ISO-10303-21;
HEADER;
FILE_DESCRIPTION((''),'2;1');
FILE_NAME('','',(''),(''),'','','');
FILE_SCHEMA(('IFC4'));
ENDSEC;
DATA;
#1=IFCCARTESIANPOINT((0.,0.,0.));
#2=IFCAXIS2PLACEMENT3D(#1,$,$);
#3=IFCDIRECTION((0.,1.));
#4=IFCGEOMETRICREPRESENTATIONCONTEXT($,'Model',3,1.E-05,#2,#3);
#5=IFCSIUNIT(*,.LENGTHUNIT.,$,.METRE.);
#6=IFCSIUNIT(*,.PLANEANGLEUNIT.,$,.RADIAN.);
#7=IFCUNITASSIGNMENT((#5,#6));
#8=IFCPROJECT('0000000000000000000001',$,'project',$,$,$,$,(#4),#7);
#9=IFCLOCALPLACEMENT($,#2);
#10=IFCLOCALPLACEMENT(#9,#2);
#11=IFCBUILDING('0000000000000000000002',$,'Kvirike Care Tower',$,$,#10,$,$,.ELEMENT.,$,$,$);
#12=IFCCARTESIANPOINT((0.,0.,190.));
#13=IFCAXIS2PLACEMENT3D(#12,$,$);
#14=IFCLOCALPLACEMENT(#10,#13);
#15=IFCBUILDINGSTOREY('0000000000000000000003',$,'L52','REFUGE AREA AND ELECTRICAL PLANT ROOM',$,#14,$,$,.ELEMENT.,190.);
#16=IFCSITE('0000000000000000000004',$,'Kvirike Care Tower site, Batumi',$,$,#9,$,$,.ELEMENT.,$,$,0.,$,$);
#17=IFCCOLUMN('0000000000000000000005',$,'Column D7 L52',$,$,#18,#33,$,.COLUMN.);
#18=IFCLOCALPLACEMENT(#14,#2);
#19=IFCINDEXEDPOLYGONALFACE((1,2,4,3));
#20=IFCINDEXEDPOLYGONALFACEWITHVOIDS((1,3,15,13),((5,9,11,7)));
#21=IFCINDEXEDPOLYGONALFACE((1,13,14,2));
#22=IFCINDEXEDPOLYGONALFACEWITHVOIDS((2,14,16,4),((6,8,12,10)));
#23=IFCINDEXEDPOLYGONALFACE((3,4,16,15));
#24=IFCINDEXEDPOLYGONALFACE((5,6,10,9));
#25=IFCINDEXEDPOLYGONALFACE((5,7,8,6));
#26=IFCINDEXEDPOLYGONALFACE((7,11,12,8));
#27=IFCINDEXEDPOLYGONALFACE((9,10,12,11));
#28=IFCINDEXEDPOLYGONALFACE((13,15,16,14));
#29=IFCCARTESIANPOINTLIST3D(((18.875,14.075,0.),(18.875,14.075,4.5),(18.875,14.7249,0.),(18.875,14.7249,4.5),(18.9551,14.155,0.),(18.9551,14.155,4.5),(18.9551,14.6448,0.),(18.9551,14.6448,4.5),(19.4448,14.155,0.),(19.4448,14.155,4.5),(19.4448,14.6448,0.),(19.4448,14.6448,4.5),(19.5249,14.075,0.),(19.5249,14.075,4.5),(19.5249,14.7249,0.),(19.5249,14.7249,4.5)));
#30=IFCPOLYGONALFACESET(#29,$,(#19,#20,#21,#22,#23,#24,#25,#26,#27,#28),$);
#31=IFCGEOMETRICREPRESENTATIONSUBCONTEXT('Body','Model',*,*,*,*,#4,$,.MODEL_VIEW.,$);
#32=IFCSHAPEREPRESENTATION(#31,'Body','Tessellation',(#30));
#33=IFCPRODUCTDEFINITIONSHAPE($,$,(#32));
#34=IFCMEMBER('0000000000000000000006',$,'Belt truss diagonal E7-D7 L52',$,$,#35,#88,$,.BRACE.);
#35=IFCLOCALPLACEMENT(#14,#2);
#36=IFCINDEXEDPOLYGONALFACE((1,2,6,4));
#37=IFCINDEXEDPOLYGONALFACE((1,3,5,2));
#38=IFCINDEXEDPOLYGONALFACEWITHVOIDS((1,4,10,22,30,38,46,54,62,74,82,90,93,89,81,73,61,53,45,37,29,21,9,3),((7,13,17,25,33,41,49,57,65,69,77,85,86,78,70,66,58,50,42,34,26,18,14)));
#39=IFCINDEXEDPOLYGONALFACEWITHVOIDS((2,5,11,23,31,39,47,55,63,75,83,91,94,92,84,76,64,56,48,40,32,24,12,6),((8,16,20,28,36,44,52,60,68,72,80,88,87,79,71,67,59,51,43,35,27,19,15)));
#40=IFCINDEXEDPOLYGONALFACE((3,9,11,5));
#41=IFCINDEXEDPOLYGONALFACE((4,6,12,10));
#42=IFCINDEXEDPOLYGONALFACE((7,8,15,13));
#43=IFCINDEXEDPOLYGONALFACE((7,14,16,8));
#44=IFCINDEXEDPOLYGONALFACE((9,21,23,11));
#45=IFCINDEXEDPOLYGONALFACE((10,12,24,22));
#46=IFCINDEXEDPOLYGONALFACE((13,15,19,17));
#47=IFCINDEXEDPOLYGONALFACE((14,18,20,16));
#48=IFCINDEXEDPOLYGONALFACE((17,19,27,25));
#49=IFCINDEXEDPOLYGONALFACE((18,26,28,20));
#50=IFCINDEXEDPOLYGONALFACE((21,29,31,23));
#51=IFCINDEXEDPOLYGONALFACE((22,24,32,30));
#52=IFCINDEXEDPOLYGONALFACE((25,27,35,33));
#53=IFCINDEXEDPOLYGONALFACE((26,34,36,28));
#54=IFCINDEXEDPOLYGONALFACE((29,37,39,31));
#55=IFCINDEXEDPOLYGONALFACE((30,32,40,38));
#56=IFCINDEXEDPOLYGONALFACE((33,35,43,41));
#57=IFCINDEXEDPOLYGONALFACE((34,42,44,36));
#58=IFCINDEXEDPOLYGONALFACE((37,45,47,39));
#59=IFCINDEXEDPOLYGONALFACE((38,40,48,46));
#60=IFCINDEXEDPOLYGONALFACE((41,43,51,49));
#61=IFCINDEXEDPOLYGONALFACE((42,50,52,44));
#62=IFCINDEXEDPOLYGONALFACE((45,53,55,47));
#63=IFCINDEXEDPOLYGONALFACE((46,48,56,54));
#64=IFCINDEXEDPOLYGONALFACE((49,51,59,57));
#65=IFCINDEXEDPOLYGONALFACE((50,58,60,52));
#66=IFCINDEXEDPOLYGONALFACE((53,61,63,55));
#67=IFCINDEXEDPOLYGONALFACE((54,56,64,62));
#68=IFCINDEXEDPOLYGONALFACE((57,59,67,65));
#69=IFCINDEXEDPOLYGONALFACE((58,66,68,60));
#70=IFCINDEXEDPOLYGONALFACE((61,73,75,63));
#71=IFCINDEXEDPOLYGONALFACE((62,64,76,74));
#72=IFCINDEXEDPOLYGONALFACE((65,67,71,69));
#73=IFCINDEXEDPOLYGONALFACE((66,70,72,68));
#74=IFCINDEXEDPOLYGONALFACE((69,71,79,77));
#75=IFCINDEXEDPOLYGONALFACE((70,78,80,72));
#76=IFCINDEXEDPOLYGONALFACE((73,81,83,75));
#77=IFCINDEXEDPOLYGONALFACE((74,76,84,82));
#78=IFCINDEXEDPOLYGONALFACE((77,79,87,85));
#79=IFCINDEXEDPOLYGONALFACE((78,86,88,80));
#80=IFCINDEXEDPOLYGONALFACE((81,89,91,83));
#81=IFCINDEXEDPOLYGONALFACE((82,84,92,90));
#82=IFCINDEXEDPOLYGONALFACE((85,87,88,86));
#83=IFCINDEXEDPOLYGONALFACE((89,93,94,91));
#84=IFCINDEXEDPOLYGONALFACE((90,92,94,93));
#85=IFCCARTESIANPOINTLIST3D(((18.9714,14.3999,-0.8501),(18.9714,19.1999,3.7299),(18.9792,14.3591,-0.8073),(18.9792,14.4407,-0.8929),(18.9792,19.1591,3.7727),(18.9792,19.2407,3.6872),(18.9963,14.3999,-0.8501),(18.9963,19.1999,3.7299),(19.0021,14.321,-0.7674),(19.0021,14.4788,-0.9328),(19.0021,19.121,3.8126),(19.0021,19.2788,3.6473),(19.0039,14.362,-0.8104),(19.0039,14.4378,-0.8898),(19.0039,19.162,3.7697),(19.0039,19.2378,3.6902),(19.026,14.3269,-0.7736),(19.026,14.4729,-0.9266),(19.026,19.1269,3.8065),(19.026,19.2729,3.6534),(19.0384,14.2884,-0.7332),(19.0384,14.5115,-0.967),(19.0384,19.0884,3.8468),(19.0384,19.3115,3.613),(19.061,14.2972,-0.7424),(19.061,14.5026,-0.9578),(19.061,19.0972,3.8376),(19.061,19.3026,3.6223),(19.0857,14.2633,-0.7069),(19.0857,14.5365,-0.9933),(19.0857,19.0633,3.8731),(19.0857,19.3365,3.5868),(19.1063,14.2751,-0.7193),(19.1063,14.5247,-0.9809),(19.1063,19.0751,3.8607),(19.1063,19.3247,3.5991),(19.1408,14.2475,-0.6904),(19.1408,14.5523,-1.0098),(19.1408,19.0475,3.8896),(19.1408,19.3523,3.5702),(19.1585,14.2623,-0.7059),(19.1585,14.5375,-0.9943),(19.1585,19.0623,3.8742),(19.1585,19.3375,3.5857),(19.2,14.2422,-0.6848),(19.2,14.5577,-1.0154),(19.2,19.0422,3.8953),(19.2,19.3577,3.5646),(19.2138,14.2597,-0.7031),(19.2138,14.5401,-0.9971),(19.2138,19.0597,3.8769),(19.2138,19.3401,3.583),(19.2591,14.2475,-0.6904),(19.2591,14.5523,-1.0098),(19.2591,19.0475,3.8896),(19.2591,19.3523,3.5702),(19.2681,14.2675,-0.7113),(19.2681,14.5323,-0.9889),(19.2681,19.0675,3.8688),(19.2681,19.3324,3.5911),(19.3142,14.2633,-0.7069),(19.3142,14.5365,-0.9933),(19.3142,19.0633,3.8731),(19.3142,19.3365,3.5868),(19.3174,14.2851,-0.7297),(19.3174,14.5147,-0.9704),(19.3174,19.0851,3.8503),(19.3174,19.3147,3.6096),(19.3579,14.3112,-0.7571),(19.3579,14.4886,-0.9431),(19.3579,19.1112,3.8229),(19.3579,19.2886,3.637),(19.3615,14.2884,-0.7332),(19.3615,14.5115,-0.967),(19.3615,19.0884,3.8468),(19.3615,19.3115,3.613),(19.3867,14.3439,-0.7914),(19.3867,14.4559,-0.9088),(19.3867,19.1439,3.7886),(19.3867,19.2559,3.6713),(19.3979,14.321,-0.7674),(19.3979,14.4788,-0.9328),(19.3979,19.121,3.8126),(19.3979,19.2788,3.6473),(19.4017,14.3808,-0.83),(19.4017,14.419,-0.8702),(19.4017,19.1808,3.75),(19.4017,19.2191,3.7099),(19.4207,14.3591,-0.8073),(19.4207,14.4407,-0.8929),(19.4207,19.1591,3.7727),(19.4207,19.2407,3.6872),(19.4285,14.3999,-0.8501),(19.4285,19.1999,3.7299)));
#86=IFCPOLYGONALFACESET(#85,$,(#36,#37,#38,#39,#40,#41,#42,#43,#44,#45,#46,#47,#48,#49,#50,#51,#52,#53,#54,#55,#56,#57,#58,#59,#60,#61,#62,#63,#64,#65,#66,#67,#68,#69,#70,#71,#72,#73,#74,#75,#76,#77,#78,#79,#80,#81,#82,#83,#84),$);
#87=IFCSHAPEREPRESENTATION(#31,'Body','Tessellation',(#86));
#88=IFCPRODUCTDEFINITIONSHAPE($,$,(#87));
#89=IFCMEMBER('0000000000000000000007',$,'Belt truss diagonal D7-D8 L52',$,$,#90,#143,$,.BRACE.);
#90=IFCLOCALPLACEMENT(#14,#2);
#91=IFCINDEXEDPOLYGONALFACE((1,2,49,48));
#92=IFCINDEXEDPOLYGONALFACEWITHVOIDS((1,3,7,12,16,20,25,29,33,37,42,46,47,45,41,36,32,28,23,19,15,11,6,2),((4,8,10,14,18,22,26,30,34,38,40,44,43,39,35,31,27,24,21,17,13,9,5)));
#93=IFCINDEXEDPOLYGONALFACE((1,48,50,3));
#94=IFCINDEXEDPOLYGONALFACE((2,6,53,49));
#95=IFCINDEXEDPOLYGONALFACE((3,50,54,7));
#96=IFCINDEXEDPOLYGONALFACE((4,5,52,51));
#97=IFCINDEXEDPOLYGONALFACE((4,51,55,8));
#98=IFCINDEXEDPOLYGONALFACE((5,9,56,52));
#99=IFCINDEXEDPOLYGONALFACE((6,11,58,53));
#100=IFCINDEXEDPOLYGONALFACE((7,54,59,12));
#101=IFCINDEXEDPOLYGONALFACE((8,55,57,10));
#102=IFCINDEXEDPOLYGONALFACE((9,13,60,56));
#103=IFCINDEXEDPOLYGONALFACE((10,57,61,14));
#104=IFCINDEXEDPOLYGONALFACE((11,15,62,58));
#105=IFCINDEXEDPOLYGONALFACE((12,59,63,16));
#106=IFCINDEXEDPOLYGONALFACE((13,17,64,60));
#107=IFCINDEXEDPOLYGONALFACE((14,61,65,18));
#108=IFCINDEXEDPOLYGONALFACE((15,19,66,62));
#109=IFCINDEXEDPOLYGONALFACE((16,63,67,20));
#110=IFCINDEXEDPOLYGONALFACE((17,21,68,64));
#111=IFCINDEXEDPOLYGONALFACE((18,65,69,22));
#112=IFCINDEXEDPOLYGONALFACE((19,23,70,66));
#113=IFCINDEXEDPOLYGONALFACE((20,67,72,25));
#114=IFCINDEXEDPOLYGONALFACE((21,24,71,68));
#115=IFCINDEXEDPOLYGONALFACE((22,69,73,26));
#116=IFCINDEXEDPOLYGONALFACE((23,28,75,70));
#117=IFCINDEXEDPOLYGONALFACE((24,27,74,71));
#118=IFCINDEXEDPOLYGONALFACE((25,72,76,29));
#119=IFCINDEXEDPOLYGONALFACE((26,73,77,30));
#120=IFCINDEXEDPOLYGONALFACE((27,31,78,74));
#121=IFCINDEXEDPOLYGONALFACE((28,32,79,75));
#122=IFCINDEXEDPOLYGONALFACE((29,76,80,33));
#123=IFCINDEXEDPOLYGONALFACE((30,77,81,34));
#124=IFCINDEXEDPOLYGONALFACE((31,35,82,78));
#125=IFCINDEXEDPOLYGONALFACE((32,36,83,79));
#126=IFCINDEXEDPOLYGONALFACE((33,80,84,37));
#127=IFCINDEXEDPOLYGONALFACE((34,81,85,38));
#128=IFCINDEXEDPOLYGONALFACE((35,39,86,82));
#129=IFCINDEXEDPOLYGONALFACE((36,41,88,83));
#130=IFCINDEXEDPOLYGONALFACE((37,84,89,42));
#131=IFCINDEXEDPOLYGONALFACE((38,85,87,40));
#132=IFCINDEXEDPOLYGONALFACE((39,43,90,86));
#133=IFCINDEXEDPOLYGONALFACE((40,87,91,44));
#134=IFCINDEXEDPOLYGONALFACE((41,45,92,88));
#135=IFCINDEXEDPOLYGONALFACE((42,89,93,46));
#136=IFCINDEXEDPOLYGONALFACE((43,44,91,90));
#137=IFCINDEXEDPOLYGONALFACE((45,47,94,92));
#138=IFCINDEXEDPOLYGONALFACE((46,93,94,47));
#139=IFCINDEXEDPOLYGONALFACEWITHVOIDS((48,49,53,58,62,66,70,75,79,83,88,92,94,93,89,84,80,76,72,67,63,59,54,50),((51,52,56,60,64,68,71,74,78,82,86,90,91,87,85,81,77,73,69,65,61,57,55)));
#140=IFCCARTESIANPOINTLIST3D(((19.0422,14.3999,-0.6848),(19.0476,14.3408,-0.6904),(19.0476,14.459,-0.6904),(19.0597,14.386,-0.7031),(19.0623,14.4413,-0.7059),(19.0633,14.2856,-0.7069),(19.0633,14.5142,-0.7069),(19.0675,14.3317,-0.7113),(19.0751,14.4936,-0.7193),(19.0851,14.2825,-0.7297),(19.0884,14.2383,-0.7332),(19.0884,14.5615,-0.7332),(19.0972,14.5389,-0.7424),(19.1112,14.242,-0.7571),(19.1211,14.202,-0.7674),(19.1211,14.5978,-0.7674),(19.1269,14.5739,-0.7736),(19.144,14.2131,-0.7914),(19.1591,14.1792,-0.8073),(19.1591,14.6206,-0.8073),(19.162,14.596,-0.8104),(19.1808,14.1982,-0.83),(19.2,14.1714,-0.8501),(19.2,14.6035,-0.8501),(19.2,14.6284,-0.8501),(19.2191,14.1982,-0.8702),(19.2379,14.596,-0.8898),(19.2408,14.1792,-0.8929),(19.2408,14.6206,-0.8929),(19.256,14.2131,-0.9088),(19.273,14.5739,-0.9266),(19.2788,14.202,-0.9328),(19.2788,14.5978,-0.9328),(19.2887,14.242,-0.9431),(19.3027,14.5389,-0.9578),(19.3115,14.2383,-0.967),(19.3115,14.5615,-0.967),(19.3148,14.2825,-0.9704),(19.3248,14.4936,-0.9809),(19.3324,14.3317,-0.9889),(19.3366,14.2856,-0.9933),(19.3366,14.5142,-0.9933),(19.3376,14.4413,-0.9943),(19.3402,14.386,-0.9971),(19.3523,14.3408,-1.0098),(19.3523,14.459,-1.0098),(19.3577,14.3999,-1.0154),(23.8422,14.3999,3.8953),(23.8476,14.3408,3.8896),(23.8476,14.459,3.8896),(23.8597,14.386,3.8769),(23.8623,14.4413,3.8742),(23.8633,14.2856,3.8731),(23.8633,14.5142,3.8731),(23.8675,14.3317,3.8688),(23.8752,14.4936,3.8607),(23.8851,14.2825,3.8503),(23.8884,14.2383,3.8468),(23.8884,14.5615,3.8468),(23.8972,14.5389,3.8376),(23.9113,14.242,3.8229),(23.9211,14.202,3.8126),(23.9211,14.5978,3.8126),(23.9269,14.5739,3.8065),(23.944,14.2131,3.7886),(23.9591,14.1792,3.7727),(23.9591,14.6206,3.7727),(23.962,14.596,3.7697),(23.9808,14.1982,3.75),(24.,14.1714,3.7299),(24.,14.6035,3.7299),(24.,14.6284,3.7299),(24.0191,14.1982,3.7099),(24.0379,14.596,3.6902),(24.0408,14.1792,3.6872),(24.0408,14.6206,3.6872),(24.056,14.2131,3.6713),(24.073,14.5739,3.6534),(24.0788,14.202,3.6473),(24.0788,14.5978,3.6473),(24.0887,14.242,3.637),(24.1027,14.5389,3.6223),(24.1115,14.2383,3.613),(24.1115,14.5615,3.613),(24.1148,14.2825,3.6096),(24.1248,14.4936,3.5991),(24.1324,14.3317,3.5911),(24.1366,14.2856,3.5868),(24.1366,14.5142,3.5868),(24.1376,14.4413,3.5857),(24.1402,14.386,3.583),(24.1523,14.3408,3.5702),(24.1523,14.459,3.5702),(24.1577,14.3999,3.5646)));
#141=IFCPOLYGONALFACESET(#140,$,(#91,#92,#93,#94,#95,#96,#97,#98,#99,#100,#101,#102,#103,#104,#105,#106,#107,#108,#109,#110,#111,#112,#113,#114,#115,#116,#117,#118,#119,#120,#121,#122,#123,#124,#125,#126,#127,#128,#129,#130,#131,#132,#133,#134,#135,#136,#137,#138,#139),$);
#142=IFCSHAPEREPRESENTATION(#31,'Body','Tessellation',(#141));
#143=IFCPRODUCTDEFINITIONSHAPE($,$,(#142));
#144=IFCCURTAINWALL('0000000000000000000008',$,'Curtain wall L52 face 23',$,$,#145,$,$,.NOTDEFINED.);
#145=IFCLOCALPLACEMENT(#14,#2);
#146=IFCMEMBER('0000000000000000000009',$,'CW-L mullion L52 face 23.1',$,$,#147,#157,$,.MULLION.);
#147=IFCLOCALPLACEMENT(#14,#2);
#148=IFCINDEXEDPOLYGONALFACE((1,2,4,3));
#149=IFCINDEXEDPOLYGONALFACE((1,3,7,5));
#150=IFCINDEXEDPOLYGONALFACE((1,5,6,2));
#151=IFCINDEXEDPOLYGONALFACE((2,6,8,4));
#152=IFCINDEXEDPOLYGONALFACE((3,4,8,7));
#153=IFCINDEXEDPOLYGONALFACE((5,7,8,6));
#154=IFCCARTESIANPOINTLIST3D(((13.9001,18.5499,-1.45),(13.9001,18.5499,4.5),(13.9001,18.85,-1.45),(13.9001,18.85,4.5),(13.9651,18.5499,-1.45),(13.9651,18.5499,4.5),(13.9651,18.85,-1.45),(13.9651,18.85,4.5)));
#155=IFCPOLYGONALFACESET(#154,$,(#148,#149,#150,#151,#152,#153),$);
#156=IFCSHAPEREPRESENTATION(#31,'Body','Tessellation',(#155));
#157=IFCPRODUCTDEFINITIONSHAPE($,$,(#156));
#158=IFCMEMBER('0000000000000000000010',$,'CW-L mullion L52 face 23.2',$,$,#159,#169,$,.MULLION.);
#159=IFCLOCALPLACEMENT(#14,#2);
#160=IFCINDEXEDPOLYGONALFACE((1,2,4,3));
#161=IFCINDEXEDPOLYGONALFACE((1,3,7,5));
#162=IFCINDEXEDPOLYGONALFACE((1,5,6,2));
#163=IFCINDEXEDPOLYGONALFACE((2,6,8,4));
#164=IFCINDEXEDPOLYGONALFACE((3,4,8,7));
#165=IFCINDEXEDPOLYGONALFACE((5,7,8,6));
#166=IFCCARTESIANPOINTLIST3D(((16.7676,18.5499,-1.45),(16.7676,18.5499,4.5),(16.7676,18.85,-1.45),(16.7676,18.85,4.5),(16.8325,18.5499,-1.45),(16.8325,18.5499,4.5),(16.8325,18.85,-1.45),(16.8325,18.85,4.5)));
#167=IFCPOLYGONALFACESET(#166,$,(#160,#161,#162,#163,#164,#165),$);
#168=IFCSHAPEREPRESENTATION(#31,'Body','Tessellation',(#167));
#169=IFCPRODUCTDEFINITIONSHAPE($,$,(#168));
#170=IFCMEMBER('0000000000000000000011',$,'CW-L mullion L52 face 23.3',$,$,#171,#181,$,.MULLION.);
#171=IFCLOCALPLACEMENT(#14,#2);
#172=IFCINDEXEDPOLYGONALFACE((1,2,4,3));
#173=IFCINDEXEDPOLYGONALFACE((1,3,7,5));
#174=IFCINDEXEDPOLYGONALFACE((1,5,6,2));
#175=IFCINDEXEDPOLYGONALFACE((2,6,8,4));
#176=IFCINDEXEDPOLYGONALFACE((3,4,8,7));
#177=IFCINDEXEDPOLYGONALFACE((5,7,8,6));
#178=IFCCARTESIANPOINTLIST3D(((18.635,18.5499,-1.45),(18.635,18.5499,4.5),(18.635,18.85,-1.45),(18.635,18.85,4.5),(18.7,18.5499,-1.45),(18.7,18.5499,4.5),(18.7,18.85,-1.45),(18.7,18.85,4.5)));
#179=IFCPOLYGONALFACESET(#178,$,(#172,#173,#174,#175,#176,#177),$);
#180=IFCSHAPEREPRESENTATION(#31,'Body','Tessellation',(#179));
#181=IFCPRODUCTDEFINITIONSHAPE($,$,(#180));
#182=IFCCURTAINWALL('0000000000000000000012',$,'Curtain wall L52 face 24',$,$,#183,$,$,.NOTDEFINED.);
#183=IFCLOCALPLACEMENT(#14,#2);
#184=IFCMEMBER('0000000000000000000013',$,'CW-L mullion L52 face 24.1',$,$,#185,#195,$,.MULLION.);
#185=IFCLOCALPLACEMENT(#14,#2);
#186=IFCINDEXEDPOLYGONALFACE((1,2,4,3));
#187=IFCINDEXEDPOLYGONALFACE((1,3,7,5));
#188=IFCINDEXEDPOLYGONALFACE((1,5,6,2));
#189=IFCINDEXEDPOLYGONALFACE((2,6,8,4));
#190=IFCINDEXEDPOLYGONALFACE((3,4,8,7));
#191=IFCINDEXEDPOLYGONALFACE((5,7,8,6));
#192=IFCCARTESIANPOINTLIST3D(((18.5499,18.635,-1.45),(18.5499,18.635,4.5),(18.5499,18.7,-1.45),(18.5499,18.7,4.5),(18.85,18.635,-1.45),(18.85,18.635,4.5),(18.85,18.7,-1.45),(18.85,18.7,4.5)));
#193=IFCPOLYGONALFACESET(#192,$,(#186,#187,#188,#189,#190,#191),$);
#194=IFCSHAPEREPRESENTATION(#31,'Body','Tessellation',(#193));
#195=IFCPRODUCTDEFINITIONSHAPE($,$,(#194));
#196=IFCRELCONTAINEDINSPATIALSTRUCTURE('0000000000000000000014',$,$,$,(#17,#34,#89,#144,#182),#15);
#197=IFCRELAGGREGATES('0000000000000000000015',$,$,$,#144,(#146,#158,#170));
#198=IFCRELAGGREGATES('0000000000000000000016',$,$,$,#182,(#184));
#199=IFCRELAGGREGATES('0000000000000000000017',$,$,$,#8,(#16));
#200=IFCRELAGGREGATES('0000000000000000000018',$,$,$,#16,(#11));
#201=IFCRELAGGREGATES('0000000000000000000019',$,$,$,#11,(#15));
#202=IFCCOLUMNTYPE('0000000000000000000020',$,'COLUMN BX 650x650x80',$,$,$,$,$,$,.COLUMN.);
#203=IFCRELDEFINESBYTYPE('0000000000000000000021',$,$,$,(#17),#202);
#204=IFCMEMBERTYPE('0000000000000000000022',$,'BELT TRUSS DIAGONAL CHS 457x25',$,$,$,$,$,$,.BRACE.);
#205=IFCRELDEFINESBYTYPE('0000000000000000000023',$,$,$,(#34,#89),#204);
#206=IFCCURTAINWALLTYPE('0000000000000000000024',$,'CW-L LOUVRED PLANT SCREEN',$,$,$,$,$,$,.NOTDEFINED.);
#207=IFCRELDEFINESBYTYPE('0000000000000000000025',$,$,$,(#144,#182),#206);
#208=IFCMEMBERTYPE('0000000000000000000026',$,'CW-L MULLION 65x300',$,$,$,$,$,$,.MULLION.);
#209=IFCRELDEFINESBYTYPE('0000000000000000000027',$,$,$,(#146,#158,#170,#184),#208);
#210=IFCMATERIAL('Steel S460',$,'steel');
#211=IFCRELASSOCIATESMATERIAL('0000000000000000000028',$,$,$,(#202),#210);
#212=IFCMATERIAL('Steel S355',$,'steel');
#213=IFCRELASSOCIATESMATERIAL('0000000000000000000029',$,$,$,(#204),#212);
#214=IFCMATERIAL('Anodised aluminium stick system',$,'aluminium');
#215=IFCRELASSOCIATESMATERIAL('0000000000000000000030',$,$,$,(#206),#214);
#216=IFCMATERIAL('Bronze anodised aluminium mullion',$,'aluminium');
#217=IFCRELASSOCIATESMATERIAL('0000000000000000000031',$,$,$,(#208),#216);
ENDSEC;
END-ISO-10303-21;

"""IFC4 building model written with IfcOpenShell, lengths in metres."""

from ifc_helpers import new_model, si_unit, direction, frame, origin, origin_2d, place, context, subcontext, project, spatial, rectangle, hollow_rectangle, hollow_circle, extrude, material, material_profile, profile_set, type_object, element, aggregate, save


model = new_model("IFC4")

# Units and contexts
model_context = context("Model", 3, precision=1e-05, world=origin(), true_north=direction((0.0, 1.0)))
body_context = subcontext(model_context, "Body", "Model", "MODEL_VIEW")
ifc_project = project(units=[si_unit("LENGTHUNIT", "METRE"), si_unit("PLANEANGLEUNIT", "RADIAN")], contexts=[model_context])

# Site, building, storey
site_placement = place(None, origin())
site = spatial("IfcSite", under=ifc_project, at=site_placement, Name="Kvirike Care Tower site, Batumi", CompositionType="ELEMENT", RefElevation=0.0)
building_placement = place(site_placement, origin())
building = spatial("IfcBuilding", under=site, at=building_placement, Name="Kvirike Care Tower", CompositionType="ELEMENT")
storey_placement = place(building_placement, frame((0.0, 0.0, 190.0)))
storey = spatial("IfcBuildingStorey", under=building, at=storey_placement, Name="L52", Description="REFUGE AREA AND ELECTRICAL PLANT ROOM", CompositionType="ELEMENT", Elevation=190.0)

# Column
ifc_material_1 = material(Name="Steel S460", Category="steel")
ifc_material_profile_1 = material_profile(ifc_material_1, hollow_rectangle(XDim=0.6499, YDim=0.6499, WallThickness=0.0801, at=origin_2d()), Name="BX 650x650x80")
ifc_profile_set_1 = profile_set([ifc_material_profile_1], Name="Steel S460")
column_type = type_object("IfcColumnType", Name="COLUMN BX 650x650x80", PredefinedType="COLUMN", material=ifc_profile_set_1)
column_placement = place(storey_placement, frame((19.2, 14.3999, 0.0), z_axis=(0.0, 0.0, 1.0), x_axis=(0.0, 1.0, 0.0)))
element("IfcColumn", 1, at=column_placement, inside=storey, type_object=column_type, Name="Column D7 L52", PredefinedType="COLUMN", context=body_context, shape_type="SweptSolid", body=[
    extrude(hollow_rectangle(XDim=0.6499, YDim=0.6499, WallThickness=0.0801, at=origin_2d()), origin(), (0.0, 0.0, 1.0), 4.5),
])

# Members
ifc_material_2 = material(Name="Steel S355", Category="steel")
ifc_material_profile_2 = material_profile(ifc_material_2, hollow_circle(Radius=0.2285, WallThickness=0.0249, at=origin_2d()), Name="CHS 457x25")
ifc_profile_set_2 = profile_set([ifc_material_profile_2], Name="Steel S355")
member_type_1 = type_object("IfcMemberType", Name="BELT TRUSS DIAGONAL CHS 457x25", PredefinedType="BRACE", material=ifc_profile_set_2)
for number, where, z_axis, x_axis, name in (
    (2, (19.2, 14.3999, -0.8501), (0.0, 0.72349, 0.690335), (-1.0, 0.0, 0.0), "Belt truss diagonal E7-D7 L52"),
    (3, (19.2, 14.3999, -0.8501), (0.72349, 0.0, 0.690335), (0.0, 1.0, 0.0), "Belt truss diagonal D7-D8 L52"),
):
    element("IfcMember", number, at=place(storey_placement, frame(where, z_axis=z_axis, x_axis=x_axis)), inside=storey, type_object=member_type_1, Name=name, PredefinedType="BRACE", context=body_context, shape_type="SweptSolid", body=[
        extrude(hollow_circle(Radius=0.2285, WallThickness=0.0249, at=origin_2d()), origin(), (0.0, 0.0, 1.0), 6.6345),
    ])

# Curtain walls, members
ifc_material_3 = material(Name="Anodised aluminium stick system", Category="aluminium")
curtain_wall_type = type_object("IfcCurtainWallType", Name="CW-L LOUVRED PLANT SCREEN", PredefinedType="NOTDEFINED", material=ifc_material_3)
curtain_wall_1_placement = place(storey_placement, origin())
curtain_wall_1 = element("IfcCurtainWall", 4, at=curtain_wall_1_placement, inside=storey, type_object=curtain_wall_type, Name="Curtain wall L52 face 23", PredefinedType="NOTDEFINED")
ifc_material_4 = material(Name="Bronze anodised aluminium mullion", Category="aluminium")
ifc_material_profile_3 = material_profile(ifc_material_4, rectangle(XDim=0.0649, YDim=0.3, at=origin_2d()), Name="CW-L MULLION 65x300")
ifc_profile_set_3 = profile_set([ifc_material_profile_3], Name="Bronze anodised aluminium mullion")
member_type_2 = type_object("IfcMemberType", Name="CW-L MULLION 65x300", PredefinedType="MULLION", material=ifc_profile_set_3)
member_1_placement = place(storey_placement, frame((13.9326, 18.7, -1.45), z_axis=(0.0, 0.0, 1.0), x_axis=(1.0, 0.0, 0.0)))
member_1 = element("IfcMember", 5, at=member_1_placement, type_object=member_type_2, Name="CW-L mullion L52 face 23.1", PredefinedType="MULLION", context=body_context, shape_type="SweptSolid", body=[
    extrude(rectangle(XDim=0.0649, YDim=0.3, at=origin_2d()), origin(), (0.0, 0.0, 1.0), 5.95),
])
member_2_placement = place(storey_placement, frame((16.8, 18.7, -1.45), z_axis=(0.0, 0.0, 1.0), x_axis=(1.0, 0.0, 0.0)))
member_2 = element("IfcMember", 6, at=member_2_placement, type_object=member_type_2, Name="CW-L mullion L52 face 23.2", PredefinedType="MULLION", context=body_context, shape_type="SweptSolid", body=[
    extrude(rectangle(XDim=0.0649, YDim=0.3, at=origin_2d()), origin(), (0.0, 0.0, 1.0), 5.95),
])
member_3_placement = place(storey_placement, frame((18.6675, 18.7, -1.45), z_axis=(0.0, 0.0, 1.0), x_axis=(1.0, 0.0, 0.0)))
member_3 = element("IfcMember", 7, at=member_3_placement, type_object=member_type_2, Name="CW-L mullion L52 face 23.3", PredefinedType="MULLION", context=body_context, shape_type="SweptSolid", body=[
    extrude(rectangle(XDim=0.0649, YDim=0.3, at=origin_2d()), origin(), (0.0, 0.0, 1.0), 5.95),
])
curtain_wall_2_placement = place(storey_placement, origin())
curtain_wall_2 = element("IfcCurtainWall", 8, at=curtain_wall_2_placement, inside=storey, type_object=curtain_wall_type, Name="Curtain wall L52 face 24", PredefinedType="NOTDEFINED")
member_4_placement = place(storey_placement, frame((18.7, 18.6675, -1.45), z_axis=(0.0, 0.0, 1.0), x_axis=(0.0, -1.0, 0.0)))
member_4 = element("IfcMember", 9, at=member_4_placement, type_object=member_type_2, Name="CW-L mullion L52 face 24.1", PredefinedType="MULLION", context=body_context, shape_type="SweptSolid", body=[
    extrude(rectangle(XDim=0.0649, YDim=0.3, at=origin_2d()), origin(), (0.0, 0.0, 1.0), 5.95),
])

aggregate(curtain_wall_1, [member_1, member_2, member_3])
aggregate(curtain_wall_2, [member_4])

save(model, "model.ifc")
